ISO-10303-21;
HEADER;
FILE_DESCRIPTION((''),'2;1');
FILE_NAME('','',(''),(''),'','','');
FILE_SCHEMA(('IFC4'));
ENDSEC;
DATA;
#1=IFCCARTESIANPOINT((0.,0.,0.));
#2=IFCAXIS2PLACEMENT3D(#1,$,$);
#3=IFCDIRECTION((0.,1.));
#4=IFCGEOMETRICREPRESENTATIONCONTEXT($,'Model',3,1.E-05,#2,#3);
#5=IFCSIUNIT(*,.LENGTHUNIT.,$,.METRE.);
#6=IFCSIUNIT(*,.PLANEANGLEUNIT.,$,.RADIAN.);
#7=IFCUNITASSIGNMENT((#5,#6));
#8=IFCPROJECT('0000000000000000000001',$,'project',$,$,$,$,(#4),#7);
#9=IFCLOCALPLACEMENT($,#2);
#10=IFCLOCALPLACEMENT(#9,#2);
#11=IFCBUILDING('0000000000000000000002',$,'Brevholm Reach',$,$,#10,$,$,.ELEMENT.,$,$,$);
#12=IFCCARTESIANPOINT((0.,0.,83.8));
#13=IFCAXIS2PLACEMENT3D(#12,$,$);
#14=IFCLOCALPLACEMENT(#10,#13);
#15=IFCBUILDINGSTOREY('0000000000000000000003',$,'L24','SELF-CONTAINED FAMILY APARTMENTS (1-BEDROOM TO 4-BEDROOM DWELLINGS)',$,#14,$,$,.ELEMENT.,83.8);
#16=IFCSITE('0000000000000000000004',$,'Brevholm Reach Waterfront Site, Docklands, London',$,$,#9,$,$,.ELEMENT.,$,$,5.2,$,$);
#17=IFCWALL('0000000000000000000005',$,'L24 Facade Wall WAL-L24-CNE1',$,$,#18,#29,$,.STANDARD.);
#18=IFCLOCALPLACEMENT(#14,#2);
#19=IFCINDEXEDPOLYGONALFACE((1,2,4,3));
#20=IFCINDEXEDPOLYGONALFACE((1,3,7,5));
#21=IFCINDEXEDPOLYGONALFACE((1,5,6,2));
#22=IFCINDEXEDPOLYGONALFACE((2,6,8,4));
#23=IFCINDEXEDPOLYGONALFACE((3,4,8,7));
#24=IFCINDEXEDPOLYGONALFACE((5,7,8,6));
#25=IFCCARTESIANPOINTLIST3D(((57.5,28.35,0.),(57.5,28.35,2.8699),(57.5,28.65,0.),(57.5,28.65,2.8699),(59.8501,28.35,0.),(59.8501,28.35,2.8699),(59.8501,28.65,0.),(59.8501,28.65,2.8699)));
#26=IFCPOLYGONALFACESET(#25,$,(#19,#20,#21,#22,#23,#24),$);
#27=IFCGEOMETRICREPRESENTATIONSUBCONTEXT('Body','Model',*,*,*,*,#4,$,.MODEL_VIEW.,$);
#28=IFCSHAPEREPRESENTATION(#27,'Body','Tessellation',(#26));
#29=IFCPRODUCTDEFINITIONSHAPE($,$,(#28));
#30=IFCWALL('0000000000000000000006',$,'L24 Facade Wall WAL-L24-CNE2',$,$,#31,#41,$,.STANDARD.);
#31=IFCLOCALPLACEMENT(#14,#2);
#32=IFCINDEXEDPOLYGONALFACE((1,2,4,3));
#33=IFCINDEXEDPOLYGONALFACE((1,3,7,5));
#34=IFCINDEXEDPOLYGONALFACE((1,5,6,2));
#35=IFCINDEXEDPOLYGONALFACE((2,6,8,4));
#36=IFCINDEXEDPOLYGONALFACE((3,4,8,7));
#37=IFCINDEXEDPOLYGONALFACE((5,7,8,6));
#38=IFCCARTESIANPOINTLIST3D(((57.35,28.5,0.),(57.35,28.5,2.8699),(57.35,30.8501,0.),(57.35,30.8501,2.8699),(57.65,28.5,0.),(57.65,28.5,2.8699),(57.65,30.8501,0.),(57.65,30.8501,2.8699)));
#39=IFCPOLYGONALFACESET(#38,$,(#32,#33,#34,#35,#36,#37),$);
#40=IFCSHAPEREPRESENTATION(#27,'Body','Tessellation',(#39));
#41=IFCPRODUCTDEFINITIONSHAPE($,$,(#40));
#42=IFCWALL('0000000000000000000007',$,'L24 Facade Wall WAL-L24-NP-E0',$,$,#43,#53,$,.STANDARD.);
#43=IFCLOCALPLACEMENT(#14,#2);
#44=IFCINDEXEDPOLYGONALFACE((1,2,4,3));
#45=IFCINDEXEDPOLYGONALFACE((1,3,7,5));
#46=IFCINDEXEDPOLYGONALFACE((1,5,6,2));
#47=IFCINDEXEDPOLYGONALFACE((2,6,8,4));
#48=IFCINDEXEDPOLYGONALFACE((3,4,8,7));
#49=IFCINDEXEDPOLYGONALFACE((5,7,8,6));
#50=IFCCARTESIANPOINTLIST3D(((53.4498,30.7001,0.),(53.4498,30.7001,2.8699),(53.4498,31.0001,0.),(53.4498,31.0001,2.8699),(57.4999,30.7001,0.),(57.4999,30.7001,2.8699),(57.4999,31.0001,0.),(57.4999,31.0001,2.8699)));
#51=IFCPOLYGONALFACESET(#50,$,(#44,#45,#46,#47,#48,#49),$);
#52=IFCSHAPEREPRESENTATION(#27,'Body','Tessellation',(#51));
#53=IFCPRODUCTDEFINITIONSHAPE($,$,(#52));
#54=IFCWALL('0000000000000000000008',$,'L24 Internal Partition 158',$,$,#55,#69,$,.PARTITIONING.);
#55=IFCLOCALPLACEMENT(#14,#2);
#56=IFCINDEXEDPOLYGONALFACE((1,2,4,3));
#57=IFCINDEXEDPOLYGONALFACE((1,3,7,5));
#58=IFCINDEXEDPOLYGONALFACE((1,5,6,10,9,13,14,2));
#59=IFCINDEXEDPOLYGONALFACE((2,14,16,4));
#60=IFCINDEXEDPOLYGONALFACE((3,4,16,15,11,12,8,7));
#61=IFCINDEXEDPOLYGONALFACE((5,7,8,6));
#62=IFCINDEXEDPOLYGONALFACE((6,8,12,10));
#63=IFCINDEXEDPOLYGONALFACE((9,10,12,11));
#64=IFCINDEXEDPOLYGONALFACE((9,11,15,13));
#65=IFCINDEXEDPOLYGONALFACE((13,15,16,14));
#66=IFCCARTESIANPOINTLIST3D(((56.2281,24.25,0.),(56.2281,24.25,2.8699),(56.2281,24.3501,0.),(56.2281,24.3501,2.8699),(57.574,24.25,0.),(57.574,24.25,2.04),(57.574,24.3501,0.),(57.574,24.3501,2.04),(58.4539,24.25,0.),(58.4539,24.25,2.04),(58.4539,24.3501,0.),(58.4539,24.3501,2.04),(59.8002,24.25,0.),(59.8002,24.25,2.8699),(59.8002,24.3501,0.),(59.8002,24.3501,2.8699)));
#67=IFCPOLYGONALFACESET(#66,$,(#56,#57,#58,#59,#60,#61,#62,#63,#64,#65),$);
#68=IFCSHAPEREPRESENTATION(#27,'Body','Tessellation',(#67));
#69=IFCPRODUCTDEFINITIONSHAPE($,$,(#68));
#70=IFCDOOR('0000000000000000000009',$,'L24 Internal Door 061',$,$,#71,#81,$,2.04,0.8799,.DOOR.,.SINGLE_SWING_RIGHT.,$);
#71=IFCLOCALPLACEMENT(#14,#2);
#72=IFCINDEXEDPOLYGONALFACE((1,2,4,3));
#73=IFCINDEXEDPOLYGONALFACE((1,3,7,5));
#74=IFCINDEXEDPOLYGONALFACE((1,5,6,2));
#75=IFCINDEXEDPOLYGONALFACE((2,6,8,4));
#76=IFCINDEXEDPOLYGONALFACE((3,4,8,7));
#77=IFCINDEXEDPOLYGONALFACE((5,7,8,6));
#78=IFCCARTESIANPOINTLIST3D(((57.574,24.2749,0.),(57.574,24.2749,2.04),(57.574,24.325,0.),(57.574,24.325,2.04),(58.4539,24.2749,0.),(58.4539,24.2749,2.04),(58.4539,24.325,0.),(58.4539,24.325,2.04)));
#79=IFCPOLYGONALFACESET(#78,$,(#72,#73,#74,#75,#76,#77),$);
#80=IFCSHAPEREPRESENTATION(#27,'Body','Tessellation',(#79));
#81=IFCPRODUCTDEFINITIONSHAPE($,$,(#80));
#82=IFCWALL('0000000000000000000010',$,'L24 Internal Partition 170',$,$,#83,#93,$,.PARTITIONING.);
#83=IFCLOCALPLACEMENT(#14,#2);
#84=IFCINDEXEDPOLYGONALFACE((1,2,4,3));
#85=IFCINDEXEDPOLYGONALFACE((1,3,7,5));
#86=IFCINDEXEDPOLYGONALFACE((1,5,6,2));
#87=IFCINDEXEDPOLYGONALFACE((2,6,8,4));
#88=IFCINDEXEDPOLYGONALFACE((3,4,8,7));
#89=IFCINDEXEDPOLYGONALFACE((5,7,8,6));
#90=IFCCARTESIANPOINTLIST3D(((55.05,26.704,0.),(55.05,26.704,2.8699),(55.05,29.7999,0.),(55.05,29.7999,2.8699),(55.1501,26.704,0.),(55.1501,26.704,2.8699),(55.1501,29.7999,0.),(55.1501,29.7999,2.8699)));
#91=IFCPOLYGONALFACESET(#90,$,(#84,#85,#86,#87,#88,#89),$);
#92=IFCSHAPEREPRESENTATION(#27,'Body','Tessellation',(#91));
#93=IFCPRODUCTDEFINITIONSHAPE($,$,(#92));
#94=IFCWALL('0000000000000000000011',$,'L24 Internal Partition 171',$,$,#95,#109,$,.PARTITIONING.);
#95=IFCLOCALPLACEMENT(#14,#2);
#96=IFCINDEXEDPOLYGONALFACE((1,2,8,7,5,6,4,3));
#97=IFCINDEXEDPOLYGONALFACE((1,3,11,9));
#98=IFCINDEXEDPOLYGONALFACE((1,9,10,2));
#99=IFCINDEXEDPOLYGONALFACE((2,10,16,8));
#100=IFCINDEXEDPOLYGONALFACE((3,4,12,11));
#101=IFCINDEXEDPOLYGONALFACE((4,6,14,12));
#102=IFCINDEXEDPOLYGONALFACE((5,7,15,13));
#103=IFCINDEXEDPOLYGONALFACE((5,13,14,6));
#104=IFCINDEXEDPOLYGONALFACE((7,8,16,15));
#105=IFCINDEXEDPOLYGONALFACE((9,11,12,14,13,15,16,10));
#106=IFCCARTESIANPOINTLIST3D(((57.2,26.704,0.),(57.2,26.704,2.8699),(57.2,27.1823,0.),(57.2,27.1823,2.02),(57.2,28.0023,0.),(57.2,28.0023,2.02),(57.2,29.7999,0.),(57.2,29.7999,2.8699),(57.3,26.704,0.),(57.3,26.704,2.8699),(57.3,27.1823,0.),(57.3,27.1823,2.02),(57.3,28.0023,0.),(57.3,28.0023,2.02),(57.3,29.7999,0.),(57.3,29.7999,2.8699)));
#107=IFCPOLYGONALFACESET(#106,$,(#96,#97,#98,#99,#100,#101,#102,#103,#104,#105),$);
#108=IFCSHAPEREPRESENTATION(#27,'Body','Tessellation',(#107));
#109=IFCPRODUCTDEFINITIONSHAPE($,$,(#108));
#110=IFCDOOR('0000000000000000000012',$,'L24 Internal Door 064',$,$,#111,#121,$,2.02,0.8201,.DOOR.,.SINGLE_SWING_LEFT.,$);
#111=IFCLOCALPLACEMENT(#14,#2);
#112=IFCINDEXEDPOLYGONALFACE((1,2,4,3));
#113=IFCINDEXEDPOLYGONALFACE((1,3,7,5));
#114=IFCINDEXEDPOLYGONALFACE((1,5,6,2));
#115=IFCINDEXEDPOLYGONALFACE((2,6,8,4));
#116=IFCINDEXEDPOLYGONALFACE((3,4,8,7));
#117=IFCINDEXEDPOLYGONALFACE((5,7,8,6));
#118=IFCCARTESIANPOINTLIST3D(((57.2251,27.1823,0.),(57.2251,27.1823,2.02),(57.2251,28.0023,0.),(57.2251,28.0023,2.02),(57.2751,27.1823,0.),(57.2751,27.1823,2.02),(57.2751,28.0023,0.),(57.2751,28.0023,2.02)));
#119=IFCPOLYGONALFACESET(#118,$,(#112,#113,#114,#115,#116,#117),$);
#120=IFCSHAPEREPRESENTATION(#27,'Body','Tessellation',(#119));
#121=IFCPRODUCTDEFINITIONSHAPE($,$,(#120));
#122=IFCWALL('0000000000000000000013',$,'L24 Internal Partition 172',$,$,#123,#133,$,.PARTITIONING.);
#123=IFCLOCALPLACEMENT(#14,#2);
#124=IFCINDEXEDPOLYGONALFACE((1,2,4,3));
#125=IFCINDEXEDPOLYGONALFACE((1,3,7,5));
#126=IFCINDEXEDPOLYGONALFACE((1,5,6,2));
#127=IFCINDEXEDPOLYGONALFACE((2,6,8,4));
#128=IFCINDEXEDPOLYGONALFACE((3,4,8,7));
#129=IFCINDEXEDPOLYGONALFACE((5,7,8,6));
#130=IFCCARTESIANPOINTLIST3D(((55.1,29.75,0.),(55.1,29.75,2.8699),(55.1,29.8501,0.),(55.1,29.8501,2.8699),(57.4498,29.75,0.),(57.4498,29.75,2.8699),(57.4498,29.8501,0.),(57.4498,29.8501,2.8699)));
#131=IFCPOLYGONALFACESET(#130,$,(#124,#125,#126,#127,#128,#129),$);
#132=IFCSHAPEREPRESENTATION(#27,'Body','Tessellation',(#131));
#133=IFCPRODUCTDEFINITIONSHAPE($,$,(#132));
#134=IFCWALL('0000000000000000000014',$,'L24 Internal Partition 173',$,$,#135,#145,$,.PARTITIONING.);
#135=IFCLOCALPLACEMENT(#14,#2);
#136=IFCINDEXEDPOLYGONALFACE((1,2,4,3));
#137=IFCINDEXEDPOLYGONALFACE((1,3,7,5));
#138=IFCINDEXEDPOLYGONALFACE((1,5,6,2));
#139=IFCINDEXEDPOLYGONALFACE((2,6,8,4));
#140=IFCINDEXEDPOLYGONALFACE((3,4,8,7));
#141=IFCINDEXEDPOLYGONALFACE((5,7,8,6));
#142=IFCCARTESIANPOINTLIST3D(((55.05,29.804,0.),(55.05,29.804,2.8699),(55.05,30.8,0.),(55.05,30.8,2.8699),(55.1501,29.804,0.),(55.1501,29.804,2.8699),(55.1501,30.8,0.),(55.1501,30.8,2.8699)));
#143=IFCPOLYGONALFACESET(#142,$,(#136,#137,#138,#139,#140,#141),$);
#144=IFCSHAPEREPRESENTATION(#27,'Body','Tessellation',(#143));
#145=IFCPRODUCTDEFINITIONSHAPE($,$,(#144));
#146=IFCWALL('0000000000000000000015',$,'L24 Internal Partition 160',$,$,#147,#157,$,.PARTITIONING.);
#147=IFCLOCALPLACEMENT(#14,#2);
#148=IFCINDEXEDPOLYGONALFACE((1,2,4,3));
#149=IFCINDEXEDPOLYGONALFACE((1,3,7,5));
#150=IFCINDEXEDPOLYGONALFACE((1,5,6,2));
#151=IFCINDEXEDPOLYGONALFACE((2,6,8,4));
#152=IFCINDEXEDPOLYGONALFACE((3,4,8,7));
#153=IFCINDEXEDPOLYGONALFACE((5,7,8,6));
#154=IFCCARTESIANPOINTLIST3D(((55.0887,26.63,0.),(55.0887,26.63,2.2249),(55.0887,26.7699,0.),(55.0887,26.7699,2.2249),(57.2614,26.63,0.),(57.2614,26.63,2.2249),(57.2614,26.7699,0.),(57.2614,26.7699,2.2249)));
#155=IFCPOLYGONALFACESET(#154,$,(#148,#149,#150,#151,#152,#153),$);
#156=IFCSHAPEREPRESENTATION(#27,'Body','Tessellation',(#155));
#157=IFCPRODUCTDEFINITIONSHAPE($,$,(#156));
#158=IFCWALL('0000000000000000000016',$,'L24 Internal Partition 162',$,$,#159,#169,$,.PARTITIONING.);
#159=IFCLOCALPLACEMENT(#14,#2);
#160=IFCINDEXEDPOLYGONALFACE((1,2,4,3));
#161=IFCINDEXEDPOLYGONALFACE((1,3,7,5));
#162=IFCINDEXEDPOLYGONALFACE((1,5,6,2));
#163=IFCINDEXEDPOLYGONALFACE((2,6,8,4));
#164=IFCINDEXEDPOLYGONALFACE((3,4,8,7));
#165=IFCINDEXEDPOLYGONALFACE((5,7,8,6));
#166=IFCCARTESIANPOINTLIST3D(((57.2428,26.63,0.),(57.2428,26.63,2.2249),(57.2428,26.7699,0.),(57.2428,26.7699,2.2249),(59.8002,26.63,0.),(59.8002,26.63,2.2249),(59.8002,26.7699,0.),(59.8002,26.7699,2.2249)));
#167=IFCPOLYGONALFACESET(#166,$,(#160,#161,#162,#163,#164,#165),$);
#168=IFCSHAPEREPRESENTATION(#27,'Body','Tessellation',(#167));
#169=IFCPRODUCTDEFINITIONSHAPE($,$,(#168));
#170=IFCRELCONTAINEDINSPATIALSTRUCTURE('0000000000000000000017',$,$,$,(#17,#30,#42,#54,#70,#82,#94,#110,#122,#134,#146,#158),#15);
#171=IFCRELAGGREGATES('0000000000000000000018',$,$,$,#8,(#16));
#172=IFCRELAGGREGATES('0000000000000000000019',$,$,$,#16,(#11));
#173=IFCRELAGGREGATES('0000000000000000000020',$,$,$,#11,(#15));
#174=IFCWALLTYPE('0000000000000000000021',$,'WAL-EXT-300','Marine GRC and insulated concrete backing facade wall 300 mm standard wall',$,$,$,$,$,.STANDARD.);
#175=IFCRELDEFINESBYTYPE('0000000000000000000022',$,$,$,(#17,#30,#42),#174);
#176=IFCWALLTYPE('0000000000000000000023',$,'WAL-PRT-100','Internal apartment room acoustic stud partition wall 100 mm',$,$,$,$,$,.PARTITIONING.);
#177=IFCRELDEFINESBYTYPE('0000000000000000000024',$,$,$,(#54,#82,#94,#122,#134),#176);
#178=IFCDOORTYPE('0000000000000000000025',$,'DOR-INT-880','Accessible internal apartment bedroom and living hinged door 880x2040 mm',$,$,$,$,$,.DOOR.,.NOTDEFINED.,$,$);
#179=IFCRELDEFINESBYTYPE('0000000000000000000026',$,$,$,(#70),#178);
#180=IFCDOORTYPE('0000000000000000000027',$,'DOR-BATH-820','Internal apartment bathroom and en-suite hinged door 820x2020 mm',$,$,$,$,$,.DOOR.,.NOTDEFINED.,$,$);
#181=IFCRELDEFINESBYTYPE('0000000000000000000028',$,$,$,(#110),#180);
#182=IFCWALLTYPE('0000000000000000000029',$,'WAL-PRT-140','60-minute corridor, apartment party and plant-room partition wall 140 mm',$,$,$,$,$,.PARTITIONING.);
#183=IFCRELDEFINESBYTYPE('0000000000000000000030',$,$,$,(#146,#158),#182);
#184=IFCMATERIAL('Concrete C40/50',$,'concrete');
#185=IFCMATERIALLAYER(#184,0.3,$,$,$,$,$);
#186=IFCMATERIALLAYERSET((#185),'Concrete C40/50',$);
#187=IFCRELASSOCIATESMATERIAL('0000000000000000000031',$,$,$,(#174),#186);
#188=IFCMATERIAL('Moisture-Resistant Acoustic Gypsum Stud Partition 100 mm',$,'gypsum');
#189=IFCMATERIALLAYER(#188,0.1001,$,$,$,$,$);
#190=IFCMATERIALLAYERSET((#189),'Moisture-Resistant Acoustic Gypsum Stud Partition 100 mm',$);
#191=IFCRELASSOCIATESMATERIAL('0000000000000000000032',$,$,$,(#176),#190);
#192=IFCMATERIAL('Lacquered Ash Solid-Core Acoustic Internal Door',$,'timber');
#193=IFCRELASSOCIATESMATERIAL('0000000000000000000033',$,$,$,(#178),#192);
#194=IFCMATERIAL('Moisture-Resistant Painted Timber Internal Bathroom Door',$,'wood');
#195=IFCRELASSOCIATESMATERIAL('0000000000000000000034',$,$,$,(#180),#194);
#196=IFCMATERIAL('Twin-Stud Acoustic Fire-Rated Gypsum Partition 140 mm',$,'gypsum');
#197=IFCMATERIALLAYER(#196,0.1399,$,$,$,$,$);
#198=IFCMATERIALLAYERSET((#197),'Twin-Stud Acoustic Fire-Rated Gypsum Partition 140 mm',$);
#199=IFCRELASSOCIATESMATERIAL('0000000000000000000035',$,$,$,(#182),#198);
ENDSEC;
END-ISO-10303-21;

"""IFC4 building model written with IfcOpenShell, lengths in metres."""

from ifc_helpers import new_model, si_unit, direction, frame, frame_2d, origin, place, context, subcontext, project, spatial, rectangle, extrude, material, layer, layer_set, type_object, element, fill, save


model = new_model("IFC4")

# Units and contexts
model_context = context("Model", 3, precision=1e-05, world=origin(), true_north=direction((0.0, 1.0)))
body_context = subcontext(model_context, "Body", "Model", "MODEL_VIEW")
ifc_project = project(units=[si_unit("LENGTHUNIT", "METRE"), si_unit("PLANEANGLEUNIT", "RADIAN")], contexts=[model_context])

# Site, building, storey
site_placement = place(None, origin())
site = spatial("IfcSite", under=ifc_project, at=site_placement, Name="Brevholm Reach Waterfront Site, Docklands, London", CompositionType="ELEMENT", RefElevation=5.2)
building_placement = place(site_placement, origin())
building = spatial("IfcBuilding", under=site, at=building_placement, Name="Brevholm Reach", CompositionType="ELEMENT")
storey_placement = place(building_placement, frame((0.0, 0.0, 83.8)))
storey = spatial("IfcBuildingStorey", under=building, at=storey_placement, Name="L24", Description="SELF-CONTAINED FAMILY APARTMENTS (1-BEDROOM TO 4-BEDROOM DWELLINGS)", CompositionType="ELEMENT", Elevation=83.8)

# Walls
ifc_material_1 = material(Name="Concrete C40/50", Category="concrete")
ifc_layer_1 = layer(ifc_material_1, 0.3)
ifc_layer_set_1 = layer_set([ifc_layer_1], Name="Concrete C40/50")
wall_type_1 = type_object("IfcWallType", Name="WAL-EXT-300", Description="Marine GRC and insulated concrete backing facade wall 300 mm standard wall", PredefinedType="STANDARD", material=ifc_layer_set_1)
for number, where, z_axis, x_axis, name in (
    (1, (59.8501, 28.5, 0.0), (0.0, 0.0, 1.0), (-1.0, 0.0, 0.0), "L24 Facade Wall WAL-L24-CNE1"),
    (2, (57.5, 28.5, 0.0), (0.0, 0.0, 1.0), (0.0, 1.0, 0.0), "L24 Facade Wall WAL-L24-CNE2"),
):
    element("IfcWall", number, at=place(storey_placement, frame(where, z_axis=z_axis, x_axis=x_axis)), inside=storey, type_object=wall_type_1, Name=name, PredefinedType="STANDARD", context=body_context, shape_type="SweptSolid", body=[
        extrude(rectangle(XDim=2.3501, YDim=0.3, at=frame_2d((1.175, 0.0))), origin(), (0.0, 0.0, 1.0), 2.8699),
    ])
wall_1_placement = place(storey_placement, frame((53.45, 30.8501, 0.0), z_axis=(0.0, 0.0, 1.0), x_axis=(1.0, 0.0, 0.0)))
element("IfcWall", 3, at=wall_1_placement, inside=storey, type_object=wall_type_1, Name="L24 Facade Wall WAL-L24-NP-E0", PredefinedType="STANDARD", context=body_context, shape_type="SweptSolid", body=[
    extrude(rectangle(XDim=4.05, YDim=0.3, at=frame_2d((2.0249, 0.0))), origin(), (0.0, 0.0, 1.0), 2.8699),
])

# Wall, opening, door
ifc_material_2 = material(Name="Moisture-Resistant Acoustic Gypsum Stud Partition 100 mm", Category="gypsum")
ifc_layer_2 = layer(ifc_material_2, 0.1001)
ifc_layer_set_2 = layer_set([ifc_layer_2], Name="Moisture-Resistant Acoustic Gypsum Stud Partition 100 mm")
wall_type_2 = type_object("IfcWallType", Name="WAL-PRT-100", Description="Internal apartment room acoustic stud partition wall 100 mm", PredefinedType="PARTITIONING", material=ifc_layer_set_2)
wall_2_placement = place(storey_placement, frame((56.228, 24.3, 0.0), z_axis=(0.0, 0.0, 1.0), x_axis=(1.0, 0.0, 0.0)))
wall_2 = element("IfcWall", 4, at=wall_2_placement, inside=storey, type_object=wall_type_2, Name="L24 Internal Partition 158", PredefinedType="PARTITIONING", context=body_context, shape_type="SweptSolid", body=[
    extrude(rectangle(XDim=3.572, YDim=0.1001, at=frame_2d((1.7861, 0.0))), origin(), (0.0, 0.0, 1.0), 2.8699),
])
opening_1_placement = place(wall_2_placement, frame((1.3459, 0.0, 0.0)))
opening_1 = element("IfcOpeningElement", 5, at=opening_1_placement, cuts=wall_2, PredefinedType="OPENING", context=body_context, shape_type="SweptSolid", body=[
    extrude(rectangle(XDim=0.8799, YDim=2.04, at=frame_2d((0.4399, 1.02))), frame((0.0, 0.0601, 0.0), z_axis=(0.0, -1.0, 0.0), x_axis=(1.0, 0.0, 0.0)), (0.0, 0.0, 1.0), 0.1201),
])
ifc_material_3 = material(Name="Lacquered Ash Solid-Core Acoustic Internal Door", Category="timber")
door_type_1 = type_object("IfcDoorType", Name="DOR-INT-880", Description="Accessible internal apartment bedroom and living hinged door 880x2040 mm", OperationType="NOTDEFINED", PredefinedType="DOOR", material=ifc_material_3)
door_1_placement = place(opening_1_placement, origin())
door_1 = element("IfcDoor", 6, at=door_1_placement, inside=storey, type_object=door_type_1, Name="L24 Internal Door 061", OperationType="SINGLE_SWING_RIGHT", OverallHeight=2.04, OverallWidth=0.8799, PredefinedType="DOOR", context=body_context, shape_type="SweptSolid", body=[
    extrude(rectangle(XDim=0.8799, YDim=2.04, at=frame_2d((0.4399, 1.02))), frame((0.0, 0.0249, 0.0), z_axis=(0.0, -1.0, 0.0), x_axis=(1.0, 0.0, 0.0)), (0.0, 0.0, 1.0), 0.05),
])
fill(opening_1, door_1)

# Wall
wall_3_placement = place(storey_placement, frame((55.1001, 26.7041, 0.0), z_axis=(0.0, 0.0, 1.0), x_axis=(0.0, 1.0, 0.0)))
element("IfcWall", 7, at=wall_3_placement, inside=storey, type_object=wall_type_2, Name="L24 Internal Partition 170", PredefinedType="PARTITIONING", context=body_context, shape_type="SweptSolid", body=[
    extrude(rectangle(XDim=3.0959, YDim=0.1001, at=frame_2d((1.5479, 0.0))), origin(), (0.0, 0.0, 1.0), 2.8699),
])

# Wall, opening, door
wall_4_placement = place(storey_placement, frame((57.25, 26.7041, 0.0), z_axis=(0.0, 0.0, 1.0), x_axis=(0.0, 1.0, 0.0)))
wall_4 = element("IfcWall", 8, at=wall_4_placement, inside=storey, type_object=wall_type_2, Name="L24 Internal Partition 171", PredefinedType="PARTITIONING", context=body_context, shape_type="SweptSolid", body=[
    extrude(rectangle(XDim=3.0959, YDim=0.1001, at=frame_2d((1.5479, 0.0))), origin(), (0.0, 0.0, 1.0), 2.8699),
])
opening_2_placement = place(wall_4_placement, frame((0.478, 0.0, 0.0)))
opening_2 = element("IfcOpeningElement", 9, at=opening_2_placement, cuts=wall_4, PredefinedType="OPENING", context=body_context, shape_type="SweptSolid", body=[
    extrude(rectangle(XDim=0.8201, YDim=2.02, at=frame_2d((0.4102, 1.01))), frame((0.0, 0.0601, 0.0), z_axis=(0.0, -1.0, 0.0), x_axis=(1.0, 0.0, 0.0)), (0.0, 0.0, 1.0), 0.1201),
])
ifc_material_4 = material(Name="Moisture-Resistant Painted Timber Internal Bathroom Door", Category="wood")
door_type_2 = type_object("IfcDoorType", Name="DOR-BATH-820", Description="Internal apartment bathroom and en-suite hinged door 820x2020 mm", OperationType="NOTDEFINED", PredefinedType="DOOR", material=ifc_material_4)
door_2_placement = place(opening_2_placement, origin())
door_2 = element("IfcDoor", 10, at=door_2_placement, inside=storey, type_object=door_type_2, Name="L24 Internal Door 064", OperationType="SINGLE_SWING_LEFT", OverallHeight=2.02, OverallWidth=0.8201, PredefinedType="DOOR", context=body_context, shape_type="SweptSolid", body=[
    extrude(rectangle(XDim=0.8201, YDim=2.02, at=frame_2d((0.4102, 1.01))), frame((0.0, 0.0249, 0.0), z_axis=(0.0, -1.0, 0.0), x_axis=(1.0, 0.0, 0.0)), (0.0, 0.0, 1.0), 0.05),
])
fill(opening_2, door_2)

# Walls
wall_5_placement = place(storey_placement, frame((55.1001, 29.8, 0.0), z_axis=(0.0, 0.0, 1.0), x_axis=(1.0, 0.0, 0.0)))
element("IfcWall", 11, at=wall_5_placement, inside=storey, type_object=wall_type_2, Name="L24 Internal Partition 172", PredefinedType="PARTITIONING", context=body_context, shape_type="SweptSolid", body=[
    extrude(rectangle(XDim=2.3499, YDim=0.1001, at=frame_2d((1.1748, 0.0))), origin(), (0.0, 0.0, 1.0), 2.8699),
])
wall_6_placement = place(storey_placement, frame((55.1001, 29.804, 0.0), z_axis=(0.0, 0.0, 1.0), x_axis=(0.0, 1.0, 0.0)))
element("IfcWall", 12, at=wall_6_placement, inside=storey, type_object=wall_type_2, Name="L24 Internal Partition 173", PredefinedType="PARTITIONING", context=body_context, shape_type="SweptSolid", body=[
    extrude(rectangle(XDim=0.9961, YDim=0.1001, at=frame_2d((0.498, 0.0))), origin(), (0.0, 0.0, 1.0), 2.8699),
])
ifc_material_5 = material(Name="Twin-Stud Acoustic Fire-Rated Gypsum Partition 140 mm", Category="gypsum")
ifc_layer_3 = layer(ifc_material_5, 0.1399)
ifc_layer_set_3 = layer_set([ifc_layer_3], Name="Twin-Stud Acoustic Fire-Rated Gypsum Partition 140 mm")
wall_type_3 = type_object("IfcWallType", Name="WAL-PRT-140", Description="60-minute corridor, apartment party and plant-room partition wall 140 mm", PredefinedType="PARTITIONING", material=ifc_layer_set_3)
wall_7_placement = place(storey_placement, frame((55.0886, 26.7, 0.0), z_axis=(0.0, 0.0, 1.0), x_axis=(1.0, 0.0, 0.0)))
element("IfcWall", 13, at=wall_7_placement, inside=storey, type_object=wall_type_3, Name="L24 Internal Partition 160", PredefinedType="PARTITIONING", context=body_context, shape_type="SweptSolid", body=[
    extrude(rectangle(XDim=2.1726, YDim=0.1399, at=frame_2d((1.0864, 0.0))), origin(), (0.0, 0.0, 1.0), 2.2249),
])
wall_8_placement = place(storey_placement, frame((57.2427, 26.7, 0.0), z_axis=(0.0, 0.0, 1.0), x_axis=(1.0, 0.0, 0.0)))
element("IfcWall", 14, at=wall_8_placement, inside=storey, type_object=wall_type_3, Name="L24 Internal Partition 162", PredefinedType="PARTITIONING", context=body_context, shape_type="SweptSolid", body=[
    extrude(rectangle(XDim=2.5574, YDim=0.1399, at=frame_2d((1.2788, 0.0))), origin(), (0.0, 0.0, 1.0), 2.2249),
])

save(model, "model.ifc")
